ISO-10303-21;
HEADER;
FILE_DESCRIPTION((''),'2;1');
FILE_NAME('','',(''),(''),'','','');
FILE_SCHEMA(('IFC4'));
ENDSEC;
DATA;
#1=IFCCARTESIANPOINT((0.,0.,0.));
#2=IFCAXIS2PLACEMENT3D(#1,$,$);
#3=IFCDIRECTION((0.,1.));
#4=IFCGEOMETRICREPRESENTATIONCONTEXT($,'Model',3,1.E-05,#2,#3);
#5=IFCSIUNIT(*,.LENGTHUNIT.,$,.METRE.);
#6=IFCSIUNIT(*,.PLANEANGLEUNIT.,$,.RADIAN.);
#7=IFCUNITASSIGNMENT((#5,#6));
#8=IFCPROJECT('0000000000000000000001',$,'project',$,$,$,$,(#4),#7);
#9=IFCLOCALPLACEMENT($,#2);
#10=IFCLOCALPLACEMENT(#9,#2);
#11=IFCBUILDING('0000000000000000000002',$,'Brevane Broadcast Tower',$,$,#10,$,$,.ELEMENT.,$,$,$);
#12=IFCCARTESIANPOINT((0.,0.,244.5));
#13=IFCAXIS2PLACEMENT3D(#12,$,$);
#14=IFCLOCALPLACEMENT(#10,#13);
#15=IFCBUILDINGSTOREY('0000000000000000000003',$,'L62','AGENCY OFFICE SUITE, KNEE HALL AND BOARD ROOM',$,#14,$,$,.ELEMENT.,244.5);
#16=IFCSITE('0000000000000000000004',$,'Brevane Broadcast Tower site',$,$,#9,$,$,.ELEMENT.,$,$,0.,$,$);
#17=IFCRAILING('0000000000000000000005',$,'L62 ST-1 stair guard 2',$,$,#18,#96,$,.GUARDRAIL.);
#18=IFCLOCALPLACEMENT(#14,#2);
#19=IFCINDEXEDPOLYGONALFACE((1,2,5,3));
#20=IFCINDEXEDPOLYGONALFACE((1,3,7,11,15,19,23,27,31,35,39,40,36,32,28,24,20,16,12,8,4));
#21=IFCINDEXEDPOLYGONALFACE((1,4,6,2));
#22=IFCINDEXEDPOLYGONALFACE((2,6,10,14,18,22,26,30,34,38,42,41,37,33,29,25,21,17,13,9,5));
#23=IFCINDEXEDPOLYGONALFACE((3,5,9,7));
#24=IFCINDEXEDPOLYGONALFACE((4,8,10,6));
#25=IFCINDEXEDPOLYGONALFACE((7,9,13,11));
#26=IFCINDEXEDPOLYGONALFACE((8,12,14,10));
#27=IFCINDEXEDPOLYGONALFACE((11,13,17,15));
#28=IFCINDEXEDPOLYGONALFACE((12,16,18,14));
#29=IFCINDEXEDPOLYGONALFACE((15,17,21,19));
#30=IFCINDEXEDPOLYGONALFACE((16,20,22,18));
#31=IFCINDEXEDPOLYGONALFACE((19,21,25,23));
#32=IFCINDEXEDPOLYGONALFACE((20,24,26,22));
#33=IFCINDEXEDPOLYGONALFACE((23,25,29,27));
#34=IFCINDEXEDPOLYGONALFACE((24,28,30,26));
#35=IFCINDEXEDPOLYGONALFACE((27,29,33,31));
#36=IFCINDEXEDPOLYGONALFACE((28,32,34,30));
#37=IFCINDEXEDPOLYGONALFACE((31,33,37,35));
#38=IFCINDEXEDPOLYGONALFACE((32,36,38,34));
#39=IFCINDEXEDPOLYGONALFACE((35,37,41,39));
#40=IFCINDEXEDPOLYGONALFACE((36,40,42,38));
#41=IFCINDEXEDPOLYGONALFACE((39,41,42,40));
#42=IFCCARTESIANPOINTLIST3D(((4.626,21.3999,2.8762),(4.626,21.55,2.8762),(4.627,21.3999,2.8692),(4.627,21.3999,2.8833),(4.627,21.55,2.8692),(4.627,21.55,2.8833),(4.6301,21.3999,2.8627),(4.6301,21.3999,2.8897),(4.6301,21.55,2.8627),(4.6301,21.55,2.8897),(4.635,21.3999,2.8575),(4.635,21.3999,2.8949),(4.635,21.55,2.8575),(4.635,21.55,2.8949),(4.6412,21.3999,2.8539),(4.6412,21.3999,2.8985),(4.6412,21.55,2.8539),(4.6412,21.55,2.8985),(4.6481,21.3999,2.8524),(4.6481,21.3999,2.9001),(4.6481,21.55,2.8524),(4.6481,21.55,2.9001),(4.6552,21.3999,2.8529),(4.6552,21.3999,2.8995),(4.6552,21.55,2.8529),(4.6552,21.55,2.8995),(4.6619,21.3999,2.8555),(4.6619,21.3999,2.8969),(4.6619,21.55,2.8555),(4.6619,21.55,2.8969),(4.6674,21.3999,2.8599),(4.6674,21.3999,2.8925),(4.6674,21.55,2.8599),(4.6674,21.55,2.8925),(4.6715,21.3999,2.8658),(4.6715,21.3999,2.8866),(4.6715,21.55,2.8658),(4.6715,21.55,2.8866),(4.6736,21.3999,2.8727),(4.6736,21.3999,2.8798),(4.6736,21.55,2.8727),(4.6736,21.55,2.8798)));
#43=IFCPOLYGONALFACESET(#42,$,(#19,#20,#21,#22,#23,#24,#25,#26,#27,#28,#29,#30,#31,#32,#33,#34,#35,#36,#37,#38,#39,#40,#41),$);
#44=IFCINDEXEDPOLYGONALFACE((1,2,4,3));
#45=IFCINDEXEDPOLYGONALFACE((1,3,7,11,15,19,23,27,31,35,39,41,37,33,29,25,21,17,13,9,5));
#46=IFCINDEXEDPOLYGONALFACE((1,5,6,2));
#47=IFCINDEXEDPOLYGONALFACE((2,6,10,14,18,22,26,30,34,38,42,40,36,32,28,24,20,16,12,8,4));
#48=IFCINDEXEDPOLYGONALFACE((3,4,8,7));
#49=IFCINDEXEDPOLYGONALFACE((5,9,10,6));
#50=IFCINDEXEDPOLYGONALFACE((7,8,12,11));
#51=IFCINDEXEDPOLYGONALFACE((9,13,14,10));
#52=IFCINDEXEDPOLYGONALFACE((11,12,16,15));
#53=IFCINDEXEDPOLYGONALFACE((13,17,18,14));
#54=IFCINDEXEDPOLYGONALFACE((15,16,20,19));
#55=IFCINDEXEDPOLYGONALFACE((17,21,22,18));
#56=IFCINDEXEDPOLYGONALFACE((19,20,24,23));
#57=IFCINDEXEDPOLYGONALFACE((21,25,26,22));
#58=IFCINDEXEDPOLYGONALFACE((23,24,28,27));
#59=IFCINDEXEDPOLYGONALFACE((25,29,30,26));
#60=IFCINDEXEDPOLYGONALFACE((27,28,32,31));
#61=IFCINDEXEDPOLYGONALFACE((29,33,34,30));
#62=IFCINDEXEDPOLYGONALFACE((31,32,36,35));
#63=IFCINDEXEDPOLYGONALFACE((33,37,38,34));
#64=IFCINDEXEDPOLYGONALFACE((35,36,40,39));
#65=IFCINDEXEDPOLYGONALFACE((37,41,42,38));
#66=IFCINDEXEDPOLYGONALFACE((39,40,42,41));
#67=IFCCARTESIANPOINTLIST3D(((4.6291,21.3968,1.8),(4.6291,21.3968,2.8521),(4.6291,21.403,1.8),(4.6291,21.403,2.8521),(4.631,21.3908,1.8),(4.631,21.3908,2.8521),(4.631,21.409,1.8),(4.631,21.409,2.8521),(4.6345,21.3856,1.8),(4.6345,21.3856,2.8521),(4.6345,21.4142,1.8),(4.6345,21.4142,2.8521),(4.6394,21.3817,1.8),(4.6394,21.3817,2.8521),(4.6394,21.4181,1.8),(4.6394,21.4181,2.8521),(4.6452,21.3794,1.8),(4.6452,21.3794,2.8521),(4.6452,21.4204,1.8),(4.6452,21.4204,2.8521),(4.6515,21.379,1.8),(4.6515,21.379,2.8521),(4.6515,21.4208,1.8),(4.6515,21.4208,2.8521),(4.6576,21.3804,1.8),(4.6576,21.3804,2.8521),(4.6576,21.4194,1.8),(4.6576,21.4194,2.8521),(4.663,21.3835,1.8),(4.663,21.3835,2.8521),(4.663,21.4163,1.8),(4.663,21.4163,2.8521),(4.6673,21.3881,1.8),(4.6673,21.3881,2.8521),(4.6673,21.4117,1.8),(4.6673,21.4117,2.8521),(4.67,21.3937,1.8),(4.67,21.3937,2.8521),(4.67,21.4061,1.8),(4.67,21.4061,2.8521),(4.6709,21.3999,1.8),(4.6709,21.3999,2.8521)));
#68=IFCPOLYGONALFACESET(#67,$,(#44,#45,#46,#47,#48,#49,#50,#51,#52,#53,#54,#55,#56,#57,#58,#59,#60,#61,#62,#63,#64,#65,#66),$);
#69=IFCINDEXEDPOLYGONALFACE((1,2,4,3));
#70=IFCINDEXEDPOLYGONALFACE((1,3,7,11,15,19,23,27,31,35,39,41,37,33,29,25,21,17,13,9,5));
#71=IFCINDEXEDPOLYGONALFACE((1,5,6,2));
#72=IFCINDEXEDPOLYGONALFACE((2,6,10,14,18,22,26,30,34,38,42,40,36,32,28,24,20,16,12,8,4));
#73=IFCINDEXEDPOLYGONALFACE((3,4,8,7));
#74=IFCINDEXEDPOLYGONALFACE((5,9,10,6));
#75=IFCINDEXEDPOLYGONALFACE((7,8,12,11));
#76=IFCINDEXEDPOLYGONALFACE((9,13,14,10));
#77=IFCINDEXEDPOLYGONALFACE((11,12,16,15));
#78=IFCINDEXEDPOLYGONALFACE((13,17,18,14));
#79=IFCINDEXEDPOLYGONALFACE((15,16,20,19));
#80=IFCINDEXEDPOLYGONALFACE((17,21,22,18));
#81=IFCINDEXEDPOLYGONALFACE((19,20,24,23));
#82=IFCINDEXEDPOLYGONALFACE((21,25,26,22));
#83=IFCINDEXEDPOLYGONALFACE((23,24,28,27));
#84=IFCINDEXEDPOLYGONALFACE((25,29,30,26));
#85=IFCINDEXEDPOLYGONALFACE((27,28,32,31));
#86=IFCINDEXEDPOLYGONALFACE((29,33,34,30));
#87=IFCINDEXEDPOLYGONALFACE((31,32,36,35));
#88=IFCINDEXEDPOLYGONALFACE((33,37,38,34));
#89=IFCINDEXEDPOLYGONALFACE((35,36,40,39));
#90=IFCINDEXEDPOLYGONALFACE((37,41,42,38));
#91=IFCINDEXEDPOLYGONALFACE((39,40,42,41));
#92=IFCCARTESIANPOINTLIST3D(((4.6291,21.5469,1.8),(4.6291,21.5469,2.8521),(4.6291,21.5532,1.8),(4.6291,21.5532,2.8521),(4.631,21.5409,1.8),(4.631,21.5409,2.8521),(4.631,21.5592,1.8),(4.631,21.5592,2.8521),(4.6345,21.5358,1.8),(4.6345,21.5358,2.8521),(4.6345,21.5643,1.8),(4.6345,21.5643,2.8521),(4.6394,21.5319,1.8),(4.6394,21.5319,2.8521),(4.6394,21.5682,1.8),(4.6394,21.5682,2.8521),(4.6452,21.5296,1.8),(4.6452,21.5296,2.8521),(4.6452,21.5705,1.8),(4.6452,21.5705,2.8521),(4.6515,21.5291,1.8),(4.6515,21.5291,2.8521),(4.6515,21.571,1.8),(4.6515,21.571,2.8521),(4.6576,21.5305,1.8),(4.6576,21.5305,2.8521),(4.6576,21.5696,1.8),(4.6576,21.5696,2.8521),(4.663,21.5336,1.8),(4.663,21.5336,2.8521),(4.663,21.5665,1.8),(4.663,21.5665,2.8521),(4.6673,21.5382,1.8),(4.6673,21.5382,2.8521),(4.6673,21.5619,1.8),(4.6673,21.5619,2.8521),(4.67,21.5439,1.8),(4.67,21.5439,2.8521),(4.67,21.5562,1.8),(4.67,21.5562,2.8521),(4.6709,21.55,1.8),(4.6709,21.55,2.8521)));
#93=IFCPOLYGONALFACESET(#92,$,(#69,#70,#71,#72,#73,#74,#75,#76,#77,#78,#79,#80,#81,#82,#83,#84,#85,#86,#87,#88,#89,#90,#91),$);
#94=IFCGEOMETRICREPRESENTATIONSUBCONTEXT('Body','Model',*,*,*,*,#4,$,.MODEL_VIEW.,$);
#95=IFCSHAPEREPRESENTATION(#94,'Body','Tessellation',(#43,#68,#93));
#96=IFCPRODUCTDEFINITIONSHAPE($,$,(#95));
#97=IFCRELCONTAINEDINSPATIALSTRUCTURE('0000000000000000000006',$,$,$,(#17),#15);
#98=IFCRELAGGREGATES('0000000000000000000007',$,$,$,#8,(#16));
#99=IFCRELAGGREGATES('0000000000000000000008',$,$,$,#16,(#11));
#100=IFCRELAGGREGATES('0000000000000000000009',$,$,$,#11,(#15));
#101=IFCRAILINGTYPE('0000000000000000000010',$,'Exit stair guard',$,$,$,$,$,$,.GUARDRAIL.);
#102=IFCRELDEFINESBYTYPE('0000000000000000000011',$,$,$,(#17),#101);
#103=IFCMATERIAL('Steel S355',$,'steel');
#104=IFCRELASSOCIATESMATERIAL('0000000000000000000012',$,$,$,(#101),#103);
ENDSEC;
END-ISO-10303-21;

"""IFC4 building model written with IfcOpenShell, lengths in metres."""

from ifc_helpers import new_model, si_unit, direction, frame, origin, origin_2d, place, context, subcontext, project, spatial, circle, extrude, material, type_object, element, save


model = new_model("IFC4")

# Units and contexts
model_context = context("Model", 3, precision=1e-05, world=origin(), true_north=direction((0.0, 1.0)))
body_context = subcontext(model_context, "Body", "Model", "MODEL_VIEW")
ifc_project = project(units=[si_unit("LENGTHUNIT", "METRE"), si_unit("PLANEANGLEUNIT", "RADIAN")], contexts=[model_context])

# Site, building, storey
site_placement = place(None, origin())
site = spatial("IfcSite", under=ifc_project, at=site_placement, Name="Brevane Broadcast Tower site", CompositionType="ELEMENT", RefElevation=0.0)
building_placement = place(site_placement, origin())
building = spatial("IfcBuilding", under=site, at=building_placement, Name="Brevane Broadcast Tower", CompositionType="ELEMENT")
storey_placement = place(building_placement, frame((0.0, 0.0, 244.5)))
storey = spatial("IfcBuildingStorey", under=building, at=storey_placement, Name="L62", Description="AGENCY OFFICE SUITE, KNEE HALL AND BOARD ROOM", CompositionType="ELEMENT", Elevation=244.5)

# Railing
ifc_material_1 = material(Name="Steel S355", Category="steel")
railing_type_1 = type_object("IfcRailingType", Name="Exit stair guard", PredefinedType="GUARDRAIL", material=ifc_material_1)
railing_1_placement = place(storey_placement, frame((4.6499, 21.3999, 1.8)))
element("IfcRailing", 1, at=railing_1_placement, inside=storey, type_object=railing_type_1, Name="L62 ST-1 stair guard 2", PredefinedType="GUARDRAIL", context=body_context, shape_type="SweptSolid", body=[
    extrude(circle(Radius=0.0239, at=origin_2d()), frame((0.0, 0.0, 1.0762), z_axis=(0.0, 1.0, 0.0), x_axis=(-1.0, 0.0, 0.0)), (0.0, 0.0, 1.0), 0.1501),
    extrude(circle(Radius=0.021, at=origin_2d()), origin(), (0.0, 0.0, 1.0), 1.052),
    extrude(circle(Radius=0.021, at=origin_2d()), frame((0.0, 0.1501, 0.0)), (0.0, 0.0, 1.0), 1.052),
])

save(model, "model.ifc")
